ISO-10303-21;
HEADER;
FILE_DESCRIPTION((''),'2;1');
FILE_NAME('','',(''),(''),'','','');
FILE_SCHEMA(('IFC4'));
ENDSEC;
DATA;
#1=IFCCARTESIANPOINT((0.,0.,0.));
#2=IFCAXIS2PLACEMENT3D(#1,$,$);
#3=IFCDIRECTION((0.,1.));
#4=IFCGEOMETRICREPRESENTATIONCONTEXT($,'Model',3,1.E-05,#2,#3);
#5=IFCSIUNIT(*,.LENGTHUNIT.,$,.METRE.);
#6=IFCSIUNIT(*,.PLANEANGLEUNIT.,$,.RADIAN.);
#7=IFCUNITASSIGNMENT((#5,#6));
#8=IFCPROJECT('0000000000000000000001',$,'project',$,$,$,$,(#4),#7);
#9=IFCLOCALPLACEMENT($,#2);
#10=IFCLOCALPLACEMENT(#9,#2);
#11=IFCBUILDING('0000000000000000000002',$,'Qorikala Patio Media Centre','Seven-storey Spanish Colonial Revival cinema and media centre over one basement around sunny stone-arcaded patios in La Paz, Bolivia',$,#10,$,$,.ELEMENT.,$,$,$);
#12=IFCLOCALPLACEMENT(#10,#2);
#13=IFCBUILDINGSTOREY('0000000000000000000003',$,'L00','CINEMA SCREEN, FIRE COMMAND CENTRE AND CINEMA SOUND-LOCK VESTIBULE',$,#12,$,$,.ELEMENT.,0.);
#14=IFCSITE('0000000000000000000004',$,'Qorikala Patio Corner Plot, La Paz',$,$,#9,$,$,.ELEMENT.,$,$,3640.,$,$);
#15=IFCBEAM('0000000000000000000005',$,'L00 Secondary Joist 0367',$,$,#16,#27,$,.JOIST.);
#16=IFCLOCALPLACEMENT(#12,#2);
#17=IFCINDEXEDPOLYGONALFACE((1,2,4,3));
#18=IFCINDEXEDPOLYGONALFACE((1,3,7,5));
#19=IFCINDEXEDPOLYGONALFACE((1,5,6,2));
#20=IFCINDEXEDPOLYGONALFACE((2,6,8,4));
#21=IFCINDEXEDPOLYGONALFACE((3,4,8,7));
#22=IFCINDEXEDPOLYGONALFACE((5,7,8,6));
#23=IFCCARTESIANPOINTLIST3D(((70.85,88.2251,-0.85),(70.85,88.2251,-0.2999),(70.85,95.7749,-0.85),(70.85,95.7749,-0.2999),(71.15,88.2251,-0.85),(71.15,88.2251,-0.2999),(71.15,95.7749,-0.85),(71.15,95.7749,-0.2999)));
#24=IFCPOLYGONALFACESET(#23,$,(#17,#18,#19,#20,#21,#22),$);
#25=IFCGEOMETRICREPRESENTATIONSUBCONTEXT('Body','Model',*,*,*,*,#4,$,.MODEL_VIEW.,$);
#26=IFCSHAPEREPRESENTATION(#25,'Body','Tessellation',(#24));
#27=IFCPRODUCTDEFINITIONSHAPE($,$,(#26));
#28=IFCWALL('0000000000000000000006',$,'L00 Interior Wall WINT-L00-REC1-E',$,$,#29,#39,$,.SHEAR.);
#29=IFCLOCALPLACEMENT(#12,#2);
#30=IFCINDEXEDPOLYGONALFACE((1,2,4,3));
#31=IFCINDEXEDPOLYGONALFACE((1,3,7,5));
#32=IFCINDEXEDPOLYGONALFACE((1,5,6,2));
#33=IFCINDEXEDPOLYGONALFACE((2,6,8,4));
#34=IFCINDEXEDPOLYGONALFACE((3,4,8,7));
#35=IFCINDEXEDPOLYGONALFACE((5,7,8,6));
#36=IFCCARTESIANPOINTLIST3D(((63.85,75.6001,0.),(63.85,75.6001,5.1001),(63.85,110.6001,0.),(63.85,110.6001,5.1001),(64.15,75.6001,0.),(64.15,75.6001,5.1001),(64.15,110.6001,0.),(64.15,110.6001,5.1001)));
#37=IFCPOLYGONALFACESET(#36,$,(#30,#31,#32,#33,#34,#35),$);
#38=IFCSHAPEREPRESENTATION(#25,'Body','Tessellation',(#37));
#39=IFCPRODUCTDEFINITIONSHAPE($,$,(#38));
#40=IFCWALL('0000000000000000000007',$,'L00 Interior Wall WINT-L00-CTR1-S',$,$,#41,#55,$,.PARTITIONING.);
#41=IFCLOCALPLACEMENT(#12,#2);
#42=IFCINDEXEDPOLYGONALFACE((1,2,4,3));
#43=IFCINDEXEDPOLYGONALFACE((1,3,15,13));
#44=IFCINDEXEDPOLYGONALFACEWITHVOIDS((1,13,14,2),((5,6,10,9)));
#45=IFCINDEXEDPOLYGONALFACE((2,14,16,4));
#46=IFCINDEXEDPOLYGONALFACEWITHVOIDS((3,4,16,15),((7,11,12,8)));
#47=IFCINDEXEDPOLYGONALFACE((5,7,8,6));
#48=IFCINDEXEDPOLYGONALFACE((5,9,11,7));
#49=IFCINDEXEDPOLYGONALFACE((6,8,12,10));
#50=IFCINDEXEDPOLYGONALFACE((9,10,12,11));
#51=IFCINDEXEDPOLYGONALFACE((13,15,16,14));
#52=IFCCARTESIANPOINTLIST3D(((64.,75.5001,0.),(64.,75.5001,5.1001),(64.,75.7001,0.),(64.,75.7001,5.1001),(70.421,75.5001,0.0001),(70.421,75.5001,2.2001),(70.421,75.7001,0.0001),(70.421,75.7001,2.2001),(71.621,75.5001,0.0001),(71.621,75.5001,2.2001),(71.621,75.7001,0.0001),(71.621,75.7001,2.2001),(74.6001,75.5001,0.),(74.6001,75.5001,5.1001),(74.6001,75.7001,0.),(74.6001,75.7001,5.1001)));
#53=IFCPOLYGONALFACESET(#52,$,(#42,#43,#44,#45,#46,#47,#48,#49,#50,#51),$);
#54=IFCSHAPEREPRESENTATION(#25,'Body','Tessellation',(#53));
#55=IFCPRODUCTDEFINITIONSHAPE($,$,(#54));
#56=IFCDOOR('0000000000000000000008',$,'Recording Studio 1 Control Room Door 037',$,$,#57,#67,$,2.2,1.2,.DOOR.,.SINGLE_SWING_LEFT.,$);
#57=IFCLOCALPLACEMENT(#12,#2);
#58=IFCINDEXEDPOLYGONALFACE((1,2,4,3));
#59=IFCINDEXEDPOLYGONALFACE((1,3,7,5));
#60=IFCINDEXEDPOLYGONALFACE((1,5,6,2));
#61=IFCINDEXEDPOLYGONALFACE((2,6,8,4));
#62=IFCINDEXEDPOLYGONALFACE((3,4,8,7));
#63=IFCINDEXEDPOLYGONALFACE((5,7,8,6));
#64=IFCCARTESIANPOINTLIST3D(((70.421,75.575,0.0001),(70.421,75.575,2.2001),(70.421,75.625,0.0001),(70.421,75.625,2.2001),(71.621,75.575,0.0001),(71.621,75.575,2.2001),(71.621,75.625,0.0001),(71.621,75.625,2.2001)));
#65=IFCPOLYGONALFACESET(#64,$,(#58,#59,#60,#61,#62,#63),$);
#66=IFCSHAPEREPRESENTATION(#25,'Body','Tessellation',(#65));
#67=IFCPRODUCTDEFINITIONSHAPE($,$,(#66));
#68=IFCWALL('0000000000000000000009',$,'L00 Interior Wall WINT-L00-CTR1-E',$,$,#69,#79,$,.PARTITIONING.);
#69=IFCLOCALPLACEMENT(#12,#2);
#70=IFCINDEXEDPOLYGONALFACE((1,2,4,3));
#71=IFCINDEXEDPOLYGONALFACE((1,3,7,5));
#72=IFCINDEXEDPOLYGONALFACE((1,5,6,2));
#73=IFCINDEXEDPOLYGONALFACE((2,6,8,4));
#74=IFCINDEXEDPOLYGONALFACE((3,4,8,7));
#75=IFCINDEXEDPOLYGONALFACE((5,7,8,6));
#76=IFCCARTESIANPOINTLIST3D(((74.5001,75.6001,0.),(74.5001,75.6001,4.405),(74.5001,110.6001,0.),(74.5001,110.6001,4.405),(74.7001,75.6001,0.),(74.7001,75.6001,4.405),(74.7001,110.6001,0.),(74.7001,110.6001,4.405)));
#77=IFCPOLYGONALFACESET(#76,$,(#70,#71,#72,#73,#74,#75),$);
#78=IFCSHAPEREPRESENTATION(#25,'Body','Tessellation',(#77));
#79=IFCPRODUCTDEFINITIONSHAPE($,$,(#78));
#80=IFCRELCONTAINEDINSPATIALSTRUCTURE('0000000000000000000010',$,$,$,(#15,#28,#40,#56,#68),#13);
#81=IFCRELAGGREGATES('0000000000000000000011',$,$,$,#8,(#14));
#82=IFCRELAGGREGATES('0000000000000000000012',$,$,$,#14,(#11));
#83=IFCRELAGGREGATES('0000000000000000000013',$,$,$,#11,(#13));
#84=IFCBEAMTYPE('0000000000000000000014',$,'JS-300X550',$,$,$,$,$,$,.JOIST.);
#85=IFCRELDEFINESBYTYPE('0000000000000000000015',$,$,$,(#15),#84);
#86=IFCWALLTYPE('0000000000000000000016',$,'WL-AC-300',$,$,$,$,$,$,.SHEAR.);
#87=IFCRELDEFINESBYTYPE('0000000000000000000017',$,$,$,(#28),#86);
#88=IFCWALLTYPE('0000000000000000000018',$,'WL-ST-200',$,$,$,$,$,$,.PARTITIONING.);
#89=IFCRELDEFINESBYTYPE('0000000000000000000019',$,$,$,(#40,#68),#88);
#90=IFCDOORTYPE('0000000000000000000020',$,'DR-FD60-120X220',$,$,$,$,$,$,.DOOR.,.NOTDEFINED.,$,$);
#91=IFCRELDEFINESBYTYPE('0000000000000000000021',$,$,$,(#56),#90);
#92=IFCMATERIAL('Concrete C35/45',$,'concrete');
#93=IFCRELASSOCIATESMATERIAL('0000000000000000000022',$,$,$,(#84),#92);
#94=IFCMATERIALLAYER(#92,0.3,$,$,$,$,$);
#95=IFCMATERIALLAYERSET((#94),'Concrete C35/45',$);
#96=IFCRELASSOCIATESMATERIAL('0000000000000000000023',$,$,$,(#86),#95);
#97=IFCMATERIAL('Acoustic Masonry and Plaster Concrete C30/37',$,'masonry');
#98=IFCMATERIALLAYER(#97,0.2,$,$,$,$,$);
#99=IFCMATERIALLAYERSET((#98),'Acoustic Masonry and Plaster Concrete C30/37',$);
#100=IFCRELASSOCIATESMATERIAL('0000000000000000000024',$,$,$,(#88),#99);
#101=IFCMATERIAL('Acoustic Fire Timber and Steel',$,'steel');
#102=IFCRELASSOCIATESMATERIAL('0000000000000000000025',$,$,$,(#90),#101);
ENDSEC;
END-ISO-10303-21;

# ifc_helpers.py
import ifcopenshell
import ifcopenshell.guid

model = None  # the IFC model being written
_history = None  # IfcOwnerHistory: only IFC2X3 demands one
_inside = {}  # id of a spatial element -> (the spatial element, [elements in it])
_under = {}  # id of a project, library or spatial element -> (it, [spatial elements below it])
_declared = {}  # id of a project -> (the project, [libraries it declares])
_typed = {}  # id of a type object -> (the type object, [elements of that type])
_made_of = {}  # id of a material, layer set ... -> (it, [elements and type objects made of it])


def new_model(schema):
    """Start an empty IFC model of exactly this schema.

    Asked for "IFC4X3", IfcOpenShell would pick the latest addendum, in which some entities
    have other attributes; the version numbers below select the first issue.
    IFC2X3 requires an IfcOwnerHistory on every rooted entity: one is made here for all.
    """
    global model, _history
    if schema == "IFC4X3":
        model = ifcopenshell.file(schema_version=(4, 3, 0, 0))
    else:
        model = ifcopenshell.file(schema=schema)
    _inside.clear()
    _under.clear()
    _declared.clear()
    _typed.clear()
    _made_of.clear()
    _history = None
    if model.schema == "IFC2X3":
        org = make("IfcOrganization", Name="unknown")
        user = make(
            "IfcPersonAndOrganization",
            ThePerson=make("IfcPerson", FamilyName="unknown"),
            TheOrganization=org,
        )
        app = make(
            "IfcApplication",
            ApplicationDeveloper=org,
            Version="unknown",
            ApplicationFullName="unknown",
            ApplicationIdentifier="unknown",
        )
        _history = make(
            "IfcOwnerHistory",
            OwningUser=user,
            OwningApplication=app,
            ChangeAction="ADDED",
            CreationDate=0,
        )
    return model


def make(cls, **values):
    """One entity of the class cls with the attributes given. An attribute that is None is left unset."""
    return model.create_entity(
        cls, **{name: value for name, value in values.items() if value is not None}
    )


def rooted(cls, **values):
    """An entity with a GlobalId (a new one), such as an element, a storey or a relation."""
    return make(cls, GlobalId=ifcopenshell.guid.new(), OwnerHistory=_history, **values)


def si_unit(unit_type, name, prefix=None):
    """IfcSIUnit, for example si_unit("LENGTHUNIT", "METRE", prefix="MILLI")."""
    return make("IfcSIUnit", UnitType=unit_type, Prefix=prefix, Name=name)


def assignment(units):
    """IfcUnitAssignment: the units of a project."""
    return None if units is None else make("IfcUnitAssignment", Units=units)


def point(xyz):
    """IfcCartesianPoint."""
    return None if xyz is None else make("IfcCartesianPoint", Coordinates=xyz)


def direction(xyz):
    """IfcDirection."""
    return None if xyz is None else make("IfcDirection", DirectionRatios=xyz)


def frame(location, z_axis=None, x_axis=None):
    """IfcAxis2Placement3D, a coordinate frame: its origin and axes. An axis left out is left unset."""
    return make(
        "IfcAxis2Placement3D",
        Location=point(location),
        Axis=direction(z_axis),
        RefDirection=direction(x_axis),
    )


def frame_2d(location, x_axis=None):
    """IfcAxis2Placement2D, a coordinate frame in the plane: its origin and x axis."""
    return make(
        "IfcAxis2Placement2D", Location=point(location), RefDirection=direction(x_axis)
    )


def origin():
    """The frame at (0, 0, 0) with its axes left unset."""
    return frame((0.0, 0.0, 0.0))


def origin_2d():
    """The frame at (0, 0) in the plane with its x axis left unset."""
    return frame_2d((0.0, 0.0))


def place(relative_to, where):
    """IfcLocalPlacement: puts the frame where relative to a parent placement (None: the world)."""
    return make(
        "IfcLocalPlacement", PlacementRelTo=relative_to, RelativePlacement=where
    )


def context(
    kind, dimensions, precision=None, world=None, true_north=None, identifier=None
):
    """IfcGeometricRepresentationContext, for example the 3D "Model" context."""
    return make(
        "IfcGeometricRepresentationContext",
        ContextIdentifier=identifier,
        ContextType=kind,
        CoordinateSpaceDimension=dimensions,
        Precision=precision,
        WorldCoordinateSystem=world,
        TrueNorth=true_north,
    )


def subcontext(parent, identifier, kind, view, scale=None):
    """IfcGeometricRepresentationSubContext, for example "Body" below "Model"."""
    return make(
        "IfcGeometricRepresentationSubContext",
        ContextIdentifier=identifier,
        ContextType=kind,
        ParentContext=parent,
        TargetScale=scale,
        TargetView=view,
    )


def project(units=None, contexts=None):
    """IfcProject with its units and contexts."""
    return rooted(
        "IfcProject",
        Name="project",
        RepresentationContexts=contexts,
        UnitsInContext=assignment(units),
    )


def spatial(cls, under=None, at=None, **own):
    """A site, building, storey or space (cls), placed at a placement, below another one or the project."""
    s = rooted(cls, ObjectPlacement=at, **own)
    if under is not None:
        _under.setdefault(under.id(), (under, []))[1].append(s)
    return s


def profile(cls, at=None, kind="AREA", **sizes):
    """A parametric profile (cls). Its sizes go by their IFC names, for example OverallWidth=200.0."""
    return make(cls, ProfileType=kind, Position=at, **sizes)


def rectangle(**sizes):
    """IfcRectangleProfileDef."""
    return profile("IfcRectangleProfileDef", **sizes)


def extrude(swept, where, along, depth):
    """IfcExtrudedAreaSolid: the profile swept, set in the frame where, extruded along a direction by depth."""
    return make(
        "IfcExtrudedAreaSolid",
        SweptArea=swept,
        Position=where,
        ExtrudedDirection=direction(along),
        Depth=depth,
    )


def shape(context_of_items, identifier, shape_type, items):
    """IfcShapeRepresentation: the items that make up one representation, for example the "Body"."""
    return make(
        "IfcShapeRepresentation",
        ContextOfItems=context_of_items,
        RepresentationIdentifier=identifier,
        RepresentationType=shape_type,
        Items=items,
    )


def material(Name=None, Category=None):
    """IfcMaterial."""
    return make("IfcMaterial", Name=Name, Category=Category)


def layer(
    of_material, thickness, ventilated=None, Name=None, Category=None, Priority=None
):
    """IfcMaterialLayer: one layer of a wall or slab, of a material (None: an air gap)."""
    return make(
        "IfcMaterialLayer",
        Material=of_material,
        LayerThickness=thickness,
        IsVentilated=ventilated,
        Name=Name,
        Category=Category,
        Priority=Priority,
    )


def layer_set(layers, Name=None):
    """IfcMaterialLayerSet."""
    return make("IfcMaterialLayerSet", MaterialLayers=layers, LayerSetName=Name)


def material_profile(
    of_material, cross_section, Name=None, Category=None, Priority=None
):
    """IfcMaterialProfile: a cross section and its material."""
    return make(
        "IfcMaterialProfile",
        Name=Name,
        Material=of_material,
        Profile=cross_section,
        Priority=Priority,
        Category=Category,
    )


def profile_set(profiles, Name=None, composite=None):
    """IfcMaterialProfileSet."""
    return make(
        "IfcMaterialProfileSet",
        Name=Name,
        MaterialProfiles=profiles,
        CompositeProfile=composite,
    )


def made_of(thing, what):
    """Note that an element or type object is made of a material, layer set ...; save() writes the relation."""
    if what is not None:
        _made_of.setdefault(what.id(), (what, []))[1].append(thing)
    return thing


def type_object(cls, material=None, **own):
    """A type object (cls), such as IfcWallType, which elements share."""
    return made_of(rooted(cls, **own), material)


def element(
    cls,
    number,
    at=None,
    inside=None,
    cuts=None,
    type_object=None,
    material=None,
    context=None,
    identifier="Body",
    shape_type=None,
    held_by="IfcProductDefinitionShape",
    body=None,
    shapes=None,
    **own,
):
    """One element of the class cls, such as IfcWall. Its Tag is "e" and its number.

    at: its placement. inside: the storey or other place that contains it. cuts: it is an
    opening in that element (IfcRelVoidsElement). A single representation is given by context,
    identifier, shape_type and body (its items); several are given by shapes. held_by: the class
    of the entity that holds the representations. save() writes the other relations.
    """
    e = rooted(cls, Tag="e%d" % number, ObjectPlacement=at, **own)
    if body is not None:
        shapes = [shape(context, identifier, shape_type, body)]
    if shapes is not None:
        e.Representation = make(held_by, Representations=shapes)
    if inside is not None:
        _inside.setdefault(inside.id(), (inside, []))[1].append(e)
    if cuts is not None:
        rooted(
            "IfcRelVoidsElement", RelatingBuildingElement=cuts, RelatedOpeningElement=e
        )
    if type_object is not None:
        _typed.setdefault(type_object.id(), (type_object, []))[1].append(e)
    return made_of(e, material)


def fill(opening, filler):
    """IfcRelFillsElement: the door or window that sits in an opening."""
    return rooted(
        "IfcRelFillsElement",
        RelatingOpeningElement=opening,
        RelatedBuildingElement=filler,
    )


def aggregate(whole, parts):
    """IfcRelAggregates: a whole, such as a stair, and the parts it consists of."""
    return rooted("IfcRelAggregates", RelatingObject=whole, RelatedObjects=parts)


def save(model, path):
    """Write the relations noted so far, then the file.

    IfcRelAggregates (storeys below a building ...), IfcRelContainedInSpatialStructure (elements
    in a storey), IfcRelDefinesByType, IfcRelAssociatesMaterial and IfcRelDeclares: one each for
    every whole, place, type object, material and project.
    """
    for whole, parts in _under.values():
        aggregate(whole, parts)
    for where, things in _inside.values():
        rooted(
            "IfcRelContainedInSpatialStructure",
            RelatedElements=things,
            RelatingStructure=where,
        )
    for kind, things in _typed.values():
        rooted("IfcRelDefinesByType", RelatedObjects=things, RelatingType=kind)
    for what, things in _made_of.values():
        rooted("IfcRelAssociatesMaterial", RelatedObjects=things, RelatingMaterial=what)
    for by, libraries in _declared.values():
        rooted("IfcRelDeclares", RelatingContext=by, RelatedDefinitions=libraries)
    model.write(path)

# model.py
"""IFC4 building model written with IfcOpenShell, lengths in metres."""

from ifc_helpers import new_model, si_unit, direction, frame, frame_2d, origin, origin_2d, place, context, subcontext, project, spatial, rectangle, extrude, material, layer, layer_set, material_profile, profile_set, type_object, element, fill, save


model = new_model("IFC4")

# Units and contexts
model_context = context("Model", 3, precision=1e-05, world=origin(), true_north=direction((0.0, 1.0)))
body_context = subcontext(model_context, "Body", "Model", "MODEL_VIEW")
ifc_project = project(units=[si_unit("LENGTHUNIT", "METRE"), si_unit("PLANEANGLEUNIT", "RADIAN")], contexts=[model_context])

# Site, building, storey
site_placement = place(None, origin())
site = spatial("IfcSite", under=ifc_project, at=site_placement, Name="Qorikala Patio Corner Plot, La Paz", CompositionType="ELEMENT", RefElevation=3640.0)
building_placement = place(site_placement, origin())
building = spatial("IfcBuilding", under=site, at=building_placement, Name="Qorikala Patio Media Centre", Description="Seven-storey Spanish Colonial Revival cinema and media centre over one basement around sunny stone-arcaded patios in La Paz, Bolivia", CompositionType="ELEMENT")
storey_placement = place(building_placement, origin())
storey = spatial("IfcBuildingStorey", under=building, at=storey_placement, Name="L00", Description="CINEMA SCREEN, FIRE COMMAND CENTRE AND CINEMA SOUND-LOCK VESTIBULE", CompositionType="ELEMENT", Elevation=0.0)

# Shared definitions
ifc_material_1 = material(Name="Concrete C35/45", Category="concrete")

# Beam
ifc_material_profile_1 = material_profile(ifc_material_1, rectangle(XDim=0.3, YDim=0.55, at=origin_2d()), Name="RC 300x550")
ifc_profile_set_1 = profile_set([ifc_material_profile_1], Name="Concrete C35/45")
beam_type_1 = type_object("IfcBeamType", Name="JS-300X550", PredefinedType="JOIST", material=ifc_profile_set_1)
for number, where, z_axis, x_axis, name in (
    (1, (71.0, 88.2251, -0.575), (0.0, 1.0, 0.0), (-1.0, 0.0, 0.0), "L00 Secondary Joist 0367"),
):
    element("IfcBeam", number, at=place(storey_placement, frame(where, z_axis=z_axis, x_axis=x_axis)), inside=storey, type_object=beam_type_1, Name=name, PredefinedType="JOIST", context=body_context, shape_type="SweptSolid", body=[
        extrude(rectangle(XDim=0.3, YDim=0.55, at=origin_2d()), origin(), (0.0, 0.0, 1.0), 7.5498),
    ])

# Wall
ifc_layer_1 = layer(ifc_material_1, 0.3)
ifc_layer_set_1 = layer_set([ifc_layer_1], Name="Concrete C35/45")
wall_type_1 = type_object("IfcWallType", Name="WL-AC-300", PredefinedType="SHEAR", material=ifc_layer_set_1)
wall_1_placement = place(storey_placement, frame((64.0, 75.6001, 0.0), z_axis=(0.0, 0.0, 1.0), x_axis=(0.0, 1.0, 0.0)))
element("IfcWall", 2, at=wall_1_placement, inside=storey, type_object=wall_type_1, Name="L00 Interior Wall WINT-L00-REC1-E", PredefinedType="SHEAR", context=body_context, shape_type="SweptSolid", body=[
    extrude(rectangle(XDim=35.0, YDim=0.3, at=frame_2d((17.5, 0.0))), origin(), (0.0, 0.0, 1.0), 5.1001),
])

# Wall, opening, door
ifc_material_2 = material(Name="Acoustic Masonry and Plaster Concrete C30/37", Category="masonry")
ifc_layer_2 = layer(ifc_material_2, 0.2)
ifc_layer_set_2 = layer_set([ifc_layer_2], Name="Acoustic Masonry and Plaster Concrete C30/37")
wall_type_2 = type_object("IfcWallType", Name="WL-ST-200", PredefinedType="PARTITIONING", material=ifc_layer_set_2)
wall_2_placement = place(storey_placement, frame((64.0, 75.6001, 0.0), z_axis=(0.0, 0.0, 1.0), x_axis=(1.0, 0.0, 0.0)))
wall_2 = element("IfcWall", 3, at=wall_2_placement, inside=storey, type_object=wall_type_2, Name="L00 Interior Wall WINT-L00-CTR1-S", PredefinedType="PARTITIONING", context=body_context, shape_type="SweptSolid", body=[
    extrude(rectangle(XDim=10.6001, YDim=0.2, at=frame_2d((5.3, 0.0))), origin(), (0.0, 0.0, 1.0), 5.1001),
])
opening_placement = place(wall_2_placement, frame((6.4209, 0.0, 0.0)))
opening = element("IfcOpeningElement", 4, at=opening_placement, cuts=wall_2, PredefinedType="OPENING", context=body_context, shape_type="SweptSolid", body=[
    extrude(rectangle(XDim=1.2, YDim=2.2, at=frame_2d((0.6001, 1.1001))), frame((0.0, 0.1099, 0.0), z_axis=(0.0, -1.0, 0.0), x_axis=(1.0, 0.0, 0.0)), (0.0, 0.0, 1.0), 0.22),
])
ifc_material_3 = material(Name="Acoustic Fire Timber and Steel", Category="steel")
door_type = type_object("IfcDoorType", Name="DR-FD60-120X220", OperationType="NOTDEFINED", PredefinedType="DOOR", material=ifc_material_3)
door_placement = place(opening_placement, origin())
door = element("IfcDoor", 5, at=door_placement, inside=storey, type_object=door_type, Name="Recording Studio 1 Control Room Door 037", OperationType="SINGLE_SWING_LEFT", OverallHeight=2.2, OverallWidth=1.2, PredefinedType="DOOR", context=body_context, shape_type="SweptSolid", body=[
    extrude(rectangle(XDim=1.2, YDim=2.2, at=frame_2d((0.6001, 1.1001))), frame((0.0, 0.0249, 0.0), z_axis=(0.0, -1.0, 0.0), x_axis=(1.0, 0.0, 0.0)), (0.0, 0.0, 1.0), 0.05),
])
fill(opening, door)

# Wall
wall_3_placement = place(storey_placement, frame((74.6001, 75.6001, 0.0), z_axis=(0.0, 0.0, 1.0), x_axis=(0.0, 1.0, 0.0)))
element("IfcWall", 6, at=wall_3_placement, inside=storey, type_object=wall_type_2, Name="L00 Interior Wall WINT-L00-CTR1-E", PredefinedType="PARTITIONING", context=body_context, shape_type="SweptSolid", body=[
    extrude(rectangle(XDim=35.0, YDim=0.2, at=frame_2d((17.5, 0.0))), origin(), (0.0, 0.0, 1.0), 4.405),
])

save(model, "model.ifc")
